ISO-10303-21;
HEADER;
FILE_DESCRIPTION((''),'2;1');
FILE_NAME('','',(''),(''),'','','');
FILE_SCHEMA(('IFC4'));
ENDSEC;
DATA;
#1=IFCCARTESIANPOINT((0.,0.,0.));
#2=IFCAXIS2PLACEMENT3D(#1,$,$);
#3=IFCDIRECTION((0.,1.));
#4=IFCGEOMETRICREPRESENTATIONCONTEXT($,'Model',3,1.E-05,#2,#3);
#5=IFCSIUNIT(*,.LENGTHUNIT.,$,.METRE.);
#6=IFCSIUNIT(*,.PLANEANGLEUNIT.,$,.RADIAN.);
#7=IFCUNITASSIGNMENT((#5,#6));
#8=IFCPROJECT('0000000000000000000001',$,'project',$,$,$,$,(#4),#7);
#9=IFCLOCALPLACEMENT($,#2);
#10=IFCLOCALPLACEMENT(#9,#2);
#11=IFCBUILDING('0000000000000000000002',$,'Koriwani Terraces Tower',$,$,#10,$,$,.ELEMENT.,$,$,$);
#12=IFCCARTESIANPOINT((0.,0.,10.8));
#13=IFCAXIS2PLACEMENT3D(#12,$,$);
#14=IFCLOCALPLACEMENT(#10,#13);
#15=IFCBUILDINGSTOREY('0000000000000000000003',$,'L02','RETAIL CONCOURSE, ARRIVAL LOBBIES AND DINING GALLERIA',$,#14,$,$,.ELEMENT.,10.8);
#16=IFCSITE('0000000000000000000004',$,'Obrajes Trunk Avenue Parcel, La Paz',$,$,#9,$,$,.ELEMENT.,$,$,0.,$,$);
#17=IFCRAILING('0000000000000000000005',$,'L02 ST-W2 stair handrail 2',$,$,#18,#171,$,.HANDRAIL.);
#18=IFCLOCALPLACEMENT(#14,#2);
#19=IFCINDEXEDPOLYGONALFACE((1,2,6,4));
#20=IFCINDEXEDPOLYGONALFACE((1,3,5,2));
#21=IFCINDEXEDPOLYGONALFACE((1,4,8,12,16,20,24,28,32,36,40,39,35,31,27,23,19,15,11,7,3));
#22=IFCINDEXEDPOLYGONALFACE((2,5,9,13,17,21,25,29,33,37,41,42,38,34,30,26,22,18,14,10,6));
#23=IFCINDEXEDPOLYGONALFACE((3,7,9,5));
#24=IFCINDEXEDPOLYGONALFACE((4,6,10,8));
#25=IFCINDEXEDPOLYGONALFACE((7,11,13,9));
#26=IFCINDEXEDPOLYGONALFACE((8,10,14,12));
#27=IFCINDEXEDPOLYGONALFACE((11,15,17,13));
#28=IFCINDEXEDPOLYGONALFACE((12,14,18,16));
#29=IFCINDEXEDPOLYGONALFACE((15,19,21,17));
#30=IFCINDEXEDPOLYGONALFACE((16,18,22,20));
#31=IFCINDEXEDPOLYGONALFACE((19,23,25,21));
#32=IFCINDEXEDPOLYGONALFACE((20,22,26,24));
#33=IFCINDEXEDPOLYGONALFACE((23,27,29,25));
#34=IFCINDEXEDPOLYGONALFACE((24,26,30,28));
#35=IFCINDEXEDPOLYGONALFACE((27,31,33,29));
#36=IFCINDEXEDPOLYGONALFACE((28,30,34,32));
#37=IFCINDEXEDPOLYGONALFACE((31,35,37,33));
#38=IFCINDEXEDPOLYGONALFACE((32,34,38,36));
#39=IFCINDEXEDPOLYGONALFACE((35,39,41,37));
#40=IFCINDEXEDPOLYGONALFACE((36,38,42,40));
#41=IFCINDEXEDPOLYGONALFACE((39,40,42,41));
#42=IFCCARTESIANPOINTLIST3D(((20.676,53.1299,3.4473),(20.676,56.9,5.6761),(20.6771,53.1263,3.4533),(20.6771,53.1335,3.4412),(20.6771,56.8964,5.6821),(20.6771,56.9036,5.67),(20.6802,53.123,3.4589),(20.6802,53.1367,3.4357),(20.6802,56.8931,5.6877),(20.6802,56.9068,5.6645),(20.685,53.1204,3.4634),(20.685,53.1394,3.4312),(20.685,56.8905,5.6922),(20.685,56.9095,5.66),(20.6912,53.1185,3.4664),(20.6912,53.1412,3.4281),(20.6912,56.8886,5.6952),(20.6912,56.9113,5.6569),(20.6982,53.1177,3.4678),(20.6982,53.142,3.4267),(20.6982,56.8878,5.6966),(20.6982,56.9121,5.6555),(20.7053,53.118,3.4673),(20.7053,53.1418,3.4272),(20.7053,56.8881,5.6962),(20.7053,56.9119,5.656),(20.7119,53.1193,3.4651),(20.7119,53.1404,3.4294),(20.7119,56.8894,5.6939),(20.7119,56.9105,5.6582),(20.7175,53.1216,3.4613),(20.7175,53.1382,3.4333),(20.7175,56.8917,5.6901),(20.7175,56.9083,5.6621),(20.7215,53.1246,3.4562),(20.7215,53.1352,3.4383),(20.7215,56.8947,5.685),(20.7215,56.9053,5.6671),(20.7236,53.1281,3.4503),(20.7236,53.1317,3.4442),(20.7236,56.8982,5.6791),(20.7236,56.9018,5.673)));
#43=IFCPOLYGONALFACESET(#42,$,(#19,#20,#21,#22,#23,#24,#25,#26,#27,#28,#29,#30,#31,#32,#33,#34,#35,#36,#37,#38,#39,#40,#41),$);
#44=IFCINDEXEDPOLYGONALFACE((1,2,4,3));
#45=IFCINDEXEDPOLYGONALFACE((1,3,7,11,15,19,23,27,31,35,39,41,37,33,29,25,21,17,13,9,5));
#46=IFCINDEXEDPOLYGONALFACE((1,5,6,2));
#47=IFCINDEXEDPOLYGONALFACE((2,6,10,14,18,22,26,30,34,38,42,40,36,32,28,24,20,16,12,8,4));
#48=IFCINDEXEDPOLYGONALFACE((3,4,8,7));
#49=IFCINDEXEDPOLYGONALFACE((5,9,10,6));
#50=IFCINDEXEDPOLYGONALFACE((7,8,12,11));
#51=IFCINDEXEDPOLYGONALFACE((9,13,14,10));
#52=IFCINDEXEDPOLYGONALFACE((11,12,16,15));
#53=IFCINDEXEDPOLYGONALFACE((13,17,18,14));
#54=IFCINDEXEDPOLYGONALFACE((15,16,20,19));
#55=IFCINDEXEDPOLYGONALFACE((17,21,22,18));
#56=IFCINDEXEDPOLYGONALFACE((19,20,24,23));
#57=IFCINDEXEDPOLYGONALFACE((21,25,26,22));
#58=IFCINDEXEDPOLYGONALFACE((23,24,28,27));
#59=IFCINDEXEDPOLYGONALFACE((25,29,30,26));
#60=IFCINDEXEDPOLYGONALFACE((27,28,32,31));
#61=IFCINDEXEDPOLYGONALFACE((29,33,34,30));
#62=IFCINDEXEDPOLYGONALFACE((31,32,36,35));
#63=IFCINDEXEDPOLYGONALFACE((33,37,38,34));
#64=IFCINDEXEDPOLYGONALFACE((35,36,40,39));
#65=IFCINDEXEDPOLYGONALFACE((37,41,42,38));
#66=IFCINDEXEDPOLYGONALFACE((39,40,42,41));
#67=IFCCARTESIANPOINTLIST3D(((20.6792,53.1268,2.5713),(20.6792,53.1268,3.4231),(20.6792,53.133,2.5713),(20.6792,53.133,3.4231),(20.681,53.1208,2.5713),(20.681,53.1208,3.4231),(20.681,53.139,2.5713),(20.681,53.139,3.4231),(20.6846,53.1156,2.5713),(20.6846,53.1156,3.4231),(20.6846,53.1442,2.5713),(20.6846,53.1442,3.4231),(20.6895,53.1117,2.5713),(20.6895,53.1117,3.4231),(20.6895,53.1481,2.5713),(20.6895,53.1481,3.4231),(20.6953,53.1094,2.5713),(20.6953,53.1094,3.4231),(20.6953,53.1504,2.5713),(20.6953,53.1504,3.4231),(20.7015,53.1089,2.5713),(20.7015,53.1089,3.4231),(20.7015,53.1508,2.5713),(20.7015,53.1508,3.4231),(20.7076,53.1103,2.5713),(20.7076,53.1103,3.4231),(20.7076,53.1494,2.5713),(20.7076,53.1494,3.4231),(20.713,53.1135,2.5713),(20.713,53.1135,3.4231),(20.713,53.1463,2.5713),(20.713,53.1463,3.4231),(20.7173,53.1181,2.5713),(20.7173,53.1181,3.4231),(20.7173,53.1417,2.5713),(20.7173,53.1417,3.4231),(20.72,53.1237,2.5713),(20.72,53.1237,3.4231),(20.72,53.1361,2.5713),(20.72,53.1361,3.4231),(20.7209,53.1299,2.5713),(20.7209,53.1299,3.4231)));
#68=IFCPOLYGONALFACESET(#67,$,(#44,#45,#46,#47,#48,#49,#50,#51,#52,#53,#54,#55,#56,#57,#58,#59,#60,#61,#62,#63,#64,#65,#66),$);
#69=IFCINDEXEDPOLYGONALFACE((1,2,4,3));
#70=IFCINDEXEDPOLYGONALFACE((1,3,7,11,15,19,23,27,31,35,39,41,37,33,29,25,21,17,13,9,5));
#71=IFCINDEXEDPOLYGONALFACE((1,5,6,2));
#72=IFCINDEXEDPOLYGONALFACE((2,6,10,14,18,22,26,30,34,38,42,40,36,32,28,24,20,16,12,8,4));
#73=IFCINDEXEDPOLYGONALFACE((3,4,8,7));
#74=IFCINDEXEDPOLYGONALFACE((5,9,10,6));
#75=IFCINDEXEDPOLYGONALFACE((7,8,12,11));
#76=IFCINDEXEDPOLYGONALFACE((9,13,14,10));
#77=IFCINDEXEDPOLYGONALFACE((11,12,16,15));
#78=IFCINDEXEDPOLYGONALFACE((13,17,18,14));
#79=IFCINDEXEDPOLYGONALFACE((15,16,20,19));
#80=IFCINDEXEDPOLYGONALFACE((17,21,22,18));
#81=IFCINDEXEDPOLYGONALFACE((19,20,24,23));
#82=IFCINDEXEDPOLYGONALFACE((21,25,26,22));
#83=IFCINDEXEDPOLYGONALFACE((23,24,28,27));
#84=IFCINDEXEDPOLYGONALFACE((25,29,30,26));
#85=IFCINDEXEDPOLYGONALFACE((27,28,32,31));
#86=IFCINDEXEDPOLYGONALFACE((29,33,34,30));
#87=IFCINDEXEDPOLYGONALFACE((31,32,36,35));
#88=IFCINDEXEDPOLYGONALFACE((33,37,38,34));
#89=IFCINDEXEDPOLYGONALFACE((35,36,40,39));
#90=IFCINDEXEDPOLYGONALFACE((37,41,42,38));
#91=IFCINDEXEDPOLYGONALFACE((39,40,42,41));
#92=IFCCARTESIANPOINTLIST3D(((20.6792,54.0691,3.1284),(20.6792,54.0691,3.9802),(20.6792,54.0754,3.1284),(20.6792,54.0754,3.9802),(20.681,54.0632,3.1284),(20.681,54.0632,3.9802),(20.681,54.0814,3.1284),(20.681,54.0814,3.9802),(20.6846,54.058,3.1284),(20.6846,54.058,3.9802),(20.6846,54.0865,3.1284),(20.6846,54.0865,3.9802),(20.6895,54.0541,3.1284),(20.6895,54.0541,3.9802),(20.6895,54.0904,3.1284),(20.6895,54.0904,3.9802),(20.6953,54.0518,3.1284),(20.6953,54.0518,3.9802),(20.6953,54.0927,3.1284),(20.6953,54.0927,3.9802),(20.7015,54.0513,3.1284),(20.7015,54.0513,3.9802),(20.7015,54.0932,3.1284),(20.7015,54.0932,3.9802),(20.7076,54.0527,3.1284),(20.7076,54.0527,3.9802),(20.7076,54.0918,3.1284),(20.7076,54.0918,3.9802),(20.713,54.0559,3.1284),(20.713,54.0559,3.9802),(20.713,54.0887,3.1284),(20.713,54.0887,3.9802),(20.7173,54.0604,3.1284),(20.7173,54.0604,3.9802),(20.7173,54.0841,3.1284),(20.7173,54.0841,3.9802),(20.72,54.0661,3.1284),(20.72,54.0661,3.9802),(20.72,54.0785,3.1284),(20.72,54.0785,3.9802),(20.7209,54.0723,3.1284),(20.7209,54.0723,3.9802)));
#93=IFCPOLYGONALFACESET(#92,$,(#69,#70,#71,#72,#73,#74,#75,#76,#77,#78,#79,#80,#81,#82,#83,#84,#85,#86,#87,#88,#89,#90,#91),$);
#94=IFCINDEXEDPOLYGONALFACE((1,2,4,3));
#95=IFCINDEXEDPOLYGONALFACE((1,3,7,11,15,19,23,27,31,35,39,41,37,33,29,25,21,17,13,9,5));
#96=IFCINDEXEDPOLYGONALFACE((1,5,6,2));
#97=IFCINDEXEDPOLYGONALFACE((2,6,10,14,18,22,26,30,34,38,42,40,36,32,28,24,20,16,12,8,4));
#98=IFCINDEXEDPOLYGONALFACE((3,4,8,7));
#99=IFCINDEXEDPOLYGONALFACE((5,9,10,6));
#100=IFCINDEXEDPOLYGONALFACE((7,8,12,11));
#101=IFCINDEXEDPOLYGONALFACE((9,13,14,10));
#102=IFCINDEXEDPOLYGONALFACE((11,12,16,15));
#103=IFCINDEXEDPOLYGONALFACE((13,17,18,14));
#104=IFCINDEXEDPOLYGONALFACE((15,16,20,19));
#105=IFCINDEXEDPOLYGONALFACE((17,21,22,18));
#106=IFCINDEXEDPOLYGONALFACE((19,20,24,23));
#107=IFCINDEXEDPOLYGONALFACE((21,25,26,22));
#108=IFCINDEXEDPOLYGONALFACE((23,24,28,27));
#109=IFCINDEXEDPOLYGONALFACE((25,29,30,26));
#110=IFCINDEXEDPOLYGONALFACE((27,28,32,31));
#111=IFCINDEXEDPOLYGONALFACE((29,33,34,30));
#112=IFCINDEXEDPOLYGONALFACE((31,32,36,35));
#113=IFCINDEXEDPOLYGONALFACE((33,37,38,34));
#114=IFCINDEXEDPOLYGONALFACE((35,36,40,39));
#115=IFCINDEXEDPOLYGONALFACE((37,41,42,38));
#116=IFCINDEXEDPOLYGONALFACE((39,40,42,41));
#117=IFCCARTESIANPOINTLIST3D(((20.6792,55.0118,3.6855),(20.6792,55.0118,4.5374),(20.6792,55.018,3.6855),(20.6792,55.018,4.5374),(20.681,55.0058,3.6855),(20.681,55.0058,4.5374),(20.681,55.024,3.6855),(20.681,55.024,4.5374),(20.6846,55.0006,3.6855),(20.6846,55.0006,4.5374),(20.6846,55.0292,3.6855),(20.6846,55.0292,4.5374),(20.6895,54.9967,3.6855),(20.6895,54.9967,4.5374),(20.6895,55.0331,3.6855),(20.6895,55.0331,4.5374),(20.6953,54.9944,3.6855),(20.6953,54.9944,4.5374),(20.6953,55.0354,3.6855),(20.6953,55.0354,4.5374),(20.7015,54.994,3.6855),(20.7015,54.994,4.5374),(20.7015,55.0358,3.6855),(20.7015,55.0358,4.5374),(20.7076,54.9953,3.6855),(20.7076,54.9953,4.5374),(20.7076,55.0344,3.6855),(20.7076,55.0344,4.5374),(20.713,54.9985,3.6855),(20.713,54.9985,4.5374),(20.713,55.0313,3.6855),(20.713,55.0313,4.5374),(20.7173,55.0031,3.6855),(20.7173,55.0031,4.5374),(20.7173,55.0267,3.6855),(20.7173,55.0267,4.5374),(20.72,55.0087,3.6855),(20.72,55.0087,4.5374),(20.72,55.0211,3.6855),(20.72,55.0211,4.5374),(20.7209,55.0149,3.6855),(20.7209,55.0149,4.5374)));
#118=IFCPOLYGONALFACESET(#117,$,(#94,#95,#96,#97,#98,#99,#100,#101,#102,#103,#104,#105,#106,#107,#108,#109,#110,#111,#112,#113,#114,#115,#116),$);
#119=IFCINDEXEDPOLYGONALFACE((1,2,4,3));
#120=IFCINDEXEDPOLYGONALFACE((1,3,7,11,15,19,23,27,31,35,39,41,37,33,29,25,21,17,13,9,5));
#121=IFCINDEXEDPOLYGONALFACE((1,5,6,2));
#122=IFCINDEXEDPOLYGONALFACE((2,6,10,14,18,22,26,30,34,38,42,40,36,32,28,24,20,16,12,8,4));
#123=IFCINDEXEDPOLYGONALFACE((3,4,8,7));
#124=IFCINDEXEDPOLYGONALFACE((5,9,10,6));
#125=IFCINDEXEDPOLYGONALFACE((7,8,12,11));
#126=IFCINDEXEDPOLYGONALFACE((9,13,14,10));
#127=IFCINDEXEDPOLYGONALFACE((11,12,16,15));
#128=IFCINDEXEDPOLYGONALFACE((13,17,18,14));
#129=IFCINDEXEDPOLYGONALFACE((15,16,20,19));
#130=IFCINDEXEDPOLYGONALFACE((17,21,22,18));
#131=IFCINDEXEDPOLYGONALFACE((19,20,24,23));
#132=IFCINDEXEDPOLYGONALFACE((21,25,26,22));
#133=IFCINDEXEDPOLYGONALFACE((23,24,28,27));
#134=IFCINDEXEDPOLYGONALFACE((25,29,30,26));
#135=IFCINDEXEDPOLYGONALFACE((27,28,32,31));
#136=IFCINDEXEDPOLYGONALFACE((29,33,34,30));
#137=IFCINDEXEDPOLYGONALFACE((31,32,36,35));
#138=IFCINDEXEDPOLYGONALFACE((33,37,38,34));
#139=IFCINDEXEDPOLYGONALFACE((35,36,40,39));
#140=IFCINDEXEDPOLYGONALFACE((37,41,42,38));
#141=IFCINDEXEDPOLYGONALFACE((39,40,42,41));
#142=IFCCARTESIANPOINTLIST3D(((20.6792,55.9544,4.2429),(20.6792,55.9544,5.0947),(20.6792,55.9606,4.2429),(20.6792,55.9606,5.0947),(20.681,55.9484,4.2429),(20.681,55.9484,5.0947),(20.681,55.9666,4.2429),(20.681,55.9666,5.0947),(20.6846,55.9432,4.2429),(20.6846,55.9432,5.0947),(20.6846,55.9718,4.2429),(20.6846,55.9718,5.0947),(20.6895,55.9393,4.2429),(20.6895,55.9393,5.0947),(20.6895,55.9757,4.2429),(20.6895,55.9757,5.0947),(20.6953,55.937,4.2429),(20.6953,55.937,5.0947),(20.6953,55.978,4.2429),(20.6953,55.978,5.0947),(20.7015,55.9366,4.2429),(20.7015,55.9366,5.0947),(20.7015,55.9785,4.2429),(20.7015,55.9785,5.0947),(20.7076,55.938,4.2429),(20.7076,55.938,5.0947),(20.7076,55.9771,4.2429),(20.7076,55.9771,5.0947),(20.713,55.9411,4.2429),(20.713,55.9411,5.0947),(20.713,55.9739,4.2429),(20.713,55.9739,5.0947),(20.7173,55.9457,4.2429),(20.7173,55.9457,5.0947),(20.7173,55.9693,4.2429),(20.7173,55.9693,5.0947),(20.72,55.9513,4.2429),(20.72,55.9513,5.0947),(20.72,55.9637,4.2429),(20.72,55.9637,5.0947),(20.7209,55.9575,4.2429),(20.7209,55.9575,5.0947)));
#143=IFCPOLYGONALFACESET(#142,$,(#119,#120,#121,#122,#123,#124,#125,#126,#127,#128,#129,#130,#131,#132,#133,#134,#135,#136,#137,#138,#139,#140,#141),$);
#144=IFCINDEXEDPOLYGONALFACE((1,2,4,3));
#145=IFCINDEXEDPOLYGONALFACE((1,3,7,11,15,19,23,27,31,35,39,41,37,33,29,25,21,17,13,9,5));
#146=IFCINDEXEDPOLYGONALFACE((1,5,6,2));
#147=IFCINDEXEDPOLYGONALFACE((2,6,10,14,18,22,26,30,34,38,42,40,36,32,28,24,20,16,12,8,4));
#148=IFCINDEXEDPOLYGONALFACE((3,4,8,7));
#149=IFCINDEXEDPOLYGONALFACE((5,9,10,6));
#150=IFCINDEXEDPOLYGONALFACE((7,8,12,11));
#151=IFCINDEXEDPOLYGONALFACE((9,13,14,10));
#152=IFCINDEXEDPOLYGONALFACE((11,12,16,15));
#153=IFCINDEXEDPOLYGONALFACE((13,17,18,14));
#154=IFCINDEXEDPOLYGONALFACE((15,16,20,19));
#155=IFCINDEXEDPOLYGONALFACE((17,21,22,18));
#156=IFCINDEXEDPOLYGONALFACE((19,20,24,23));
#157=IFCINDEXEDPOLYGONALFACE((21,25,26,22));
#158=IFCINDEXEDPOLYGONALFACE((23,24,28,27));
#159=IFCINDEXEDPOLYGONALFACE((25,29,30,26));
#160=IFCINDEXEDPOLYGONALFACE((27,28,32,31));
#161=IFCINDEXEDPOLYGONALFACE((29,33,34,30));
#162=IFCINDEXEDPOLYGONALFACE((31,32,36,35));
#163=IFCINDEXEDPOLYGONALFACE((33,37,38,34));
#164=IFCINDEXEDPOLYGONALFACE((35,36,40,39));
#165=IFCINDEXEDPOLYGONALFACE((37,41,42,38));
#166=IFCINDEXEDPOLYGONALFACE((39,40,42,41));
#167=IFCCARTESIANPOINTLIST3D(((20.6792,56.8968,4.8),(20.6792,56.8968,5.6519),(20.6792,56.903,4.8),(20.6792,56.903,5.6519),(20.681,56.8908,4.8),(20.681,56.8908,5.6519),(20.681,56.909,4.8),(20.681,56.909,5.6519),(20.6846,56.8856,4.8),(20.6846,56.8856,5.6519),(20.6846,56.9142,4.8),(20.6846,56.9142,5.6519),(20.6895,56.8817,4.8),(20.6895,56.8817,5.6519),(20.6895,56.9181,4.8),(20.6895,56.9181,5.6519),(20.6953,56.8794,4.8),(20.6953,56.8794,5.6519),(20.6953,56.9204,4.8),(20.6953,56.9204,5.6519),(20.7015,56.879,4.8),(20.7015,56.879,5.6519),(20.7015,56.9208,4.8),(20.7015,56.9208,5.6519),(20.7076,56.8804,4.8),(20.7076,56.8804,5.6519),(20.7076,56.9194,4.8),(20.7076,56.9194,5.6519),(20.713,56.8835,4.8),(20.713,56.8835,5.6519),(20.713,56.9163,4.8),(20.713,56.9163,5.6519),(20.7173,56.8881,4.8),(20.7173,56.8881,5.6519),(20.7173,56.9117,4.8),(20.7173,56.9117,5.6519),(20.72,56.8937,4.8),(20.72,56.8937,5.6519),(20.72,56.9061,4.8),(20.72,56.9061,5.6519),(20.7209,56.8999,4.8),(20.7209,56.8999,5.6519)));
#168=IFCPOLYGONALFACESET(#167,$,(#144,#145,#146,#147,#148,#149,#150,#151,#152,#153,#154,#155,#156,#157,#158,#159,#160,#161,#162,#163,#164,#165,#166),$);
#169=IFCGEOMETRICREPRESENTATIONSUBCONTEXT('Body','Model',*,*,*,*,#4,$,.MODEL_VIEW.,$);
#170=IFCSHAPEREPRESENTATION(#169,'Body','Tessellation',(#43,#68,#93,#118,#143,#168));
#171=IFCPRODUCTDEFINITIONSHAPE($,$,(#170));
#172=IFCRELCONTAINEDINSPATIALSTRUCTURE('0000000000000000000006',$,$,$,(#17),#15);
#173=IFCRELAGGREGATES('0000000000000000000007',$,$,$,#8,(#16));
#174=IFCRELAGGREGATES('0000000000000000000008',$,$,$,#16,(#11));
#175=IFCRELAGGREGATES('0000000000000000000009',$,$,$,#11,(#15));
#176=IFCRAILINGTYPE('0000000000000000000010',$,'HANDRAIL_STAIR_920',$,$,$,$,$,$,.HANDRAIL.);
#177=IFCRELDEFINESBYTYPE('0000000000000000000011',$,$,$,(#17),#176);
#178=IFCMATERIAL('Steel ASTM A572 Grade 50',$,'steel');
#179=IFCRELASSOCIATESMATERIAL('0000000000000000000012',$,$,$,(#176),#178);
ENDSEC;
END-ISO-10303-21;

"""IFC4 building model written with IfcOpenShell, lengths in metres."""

from ifc_helpers import new_model, si_unit, direction, frame, origin, origin_2d, place, context, subcontext, project, spatial, circle, extrude, material, type_object, element, save


model = new_model("IFC4")

# Units and contexts
model_context = context("Model", 3, precision=1e-05, world=origin(), true_north=direction((0.0, 1.0)))
body_context = subcontext(model_context, "Body", "Model", "MODEL_VIEW")
ifc_project = project(units=[si_unit("LENGTHUNIT", "METRE"), si_unit("PLANEANGLEUNIT", "RADIAN")], contexts=[model_context])

# Site, building, storey
site_placement = place(None, origin())
site = spatial("IfcSite", under=ifc_project, at=site_placement, Name="Obrajes Trunk Avenue Parcel, La Paz", CompositionType="ELEMENT", RefElevation=0.0)
building_placement = place(site_placement, origin())
building = spatial("IfcBuilding", under=site, at=building_placement, Name="Koriwani Terraces Tower", CompositionType="ELEMENT")
storey_placement = place(building_placement, frame((0.0, 0.0, 10.8)))
storey = spatial("IfcBuildingStorey", under=building, at=storey_placement, Name="L02", Description="RETAIL CONCOURSE, ARRIVAL LOBBIES AND DINING GALLERIA", CompositionType="ELEMENT", Elevation=10.8)

# Shared definitions
ifc_material_1 = material(Name="Steel ASTM A572 Grade 50", Category="steel")

# Railing
railing_type_1 = type_object("IfcRailingType", Name="HANDRAIL_STAIR_920", PredefinedType="HANDRAIL", material=ifc_material_1)
railing_1_placement = place(storey_placement, frame((20.7, 53.1299, 2.5713)))
element("IfcRailing", 1, at=railing_1_placement, inside=storey, type_object=railing_type_1, Name="L02 ST-W2 stair handrail 2", PredefinedType="HANDRAIL", context=body_context, shape_type="SweptSolid", body=[
    extrude(circle(Radius=0.0239, at=origin_2d()), frame((0.0, 0.0, 0.876), z_axis=(0.0, 0.860824, 0.508902), x_axis=(-1.0, 0.0, 0.0)), (0.0, 0.0, 1.0), 4.3796),
    extrude(circle(Radius=0.021, at=origin_2d()), origin(), (0.0, 0.0, 1.0), 0.8518),
    extrude(circle(Radius=0.021, at=origin_2d()), frame((0.0, 0.9424, 0.5571)), (0.0, 0.0, 1.0), 0.8518),
    extrude(circle(Radius=0.021, at=origin_2d()), frame((0.0, 1.885, 1.1143)), (0.0, 0.0, 1.0), 0.8518),
    extrude(circle(Radius=0.021, at=origin_2d()), frame((0.0, 2.8276, 1.6716)), (0.0, 0.0, 1.0), 0.8518),
    extrude(circle(Radius=0.021, at=origin_2d()), frame((0.0, 3.77, 2.2288)), (0.0, 0.0, 1.0), 0.8518),
])

save(model, "model.ifc")
